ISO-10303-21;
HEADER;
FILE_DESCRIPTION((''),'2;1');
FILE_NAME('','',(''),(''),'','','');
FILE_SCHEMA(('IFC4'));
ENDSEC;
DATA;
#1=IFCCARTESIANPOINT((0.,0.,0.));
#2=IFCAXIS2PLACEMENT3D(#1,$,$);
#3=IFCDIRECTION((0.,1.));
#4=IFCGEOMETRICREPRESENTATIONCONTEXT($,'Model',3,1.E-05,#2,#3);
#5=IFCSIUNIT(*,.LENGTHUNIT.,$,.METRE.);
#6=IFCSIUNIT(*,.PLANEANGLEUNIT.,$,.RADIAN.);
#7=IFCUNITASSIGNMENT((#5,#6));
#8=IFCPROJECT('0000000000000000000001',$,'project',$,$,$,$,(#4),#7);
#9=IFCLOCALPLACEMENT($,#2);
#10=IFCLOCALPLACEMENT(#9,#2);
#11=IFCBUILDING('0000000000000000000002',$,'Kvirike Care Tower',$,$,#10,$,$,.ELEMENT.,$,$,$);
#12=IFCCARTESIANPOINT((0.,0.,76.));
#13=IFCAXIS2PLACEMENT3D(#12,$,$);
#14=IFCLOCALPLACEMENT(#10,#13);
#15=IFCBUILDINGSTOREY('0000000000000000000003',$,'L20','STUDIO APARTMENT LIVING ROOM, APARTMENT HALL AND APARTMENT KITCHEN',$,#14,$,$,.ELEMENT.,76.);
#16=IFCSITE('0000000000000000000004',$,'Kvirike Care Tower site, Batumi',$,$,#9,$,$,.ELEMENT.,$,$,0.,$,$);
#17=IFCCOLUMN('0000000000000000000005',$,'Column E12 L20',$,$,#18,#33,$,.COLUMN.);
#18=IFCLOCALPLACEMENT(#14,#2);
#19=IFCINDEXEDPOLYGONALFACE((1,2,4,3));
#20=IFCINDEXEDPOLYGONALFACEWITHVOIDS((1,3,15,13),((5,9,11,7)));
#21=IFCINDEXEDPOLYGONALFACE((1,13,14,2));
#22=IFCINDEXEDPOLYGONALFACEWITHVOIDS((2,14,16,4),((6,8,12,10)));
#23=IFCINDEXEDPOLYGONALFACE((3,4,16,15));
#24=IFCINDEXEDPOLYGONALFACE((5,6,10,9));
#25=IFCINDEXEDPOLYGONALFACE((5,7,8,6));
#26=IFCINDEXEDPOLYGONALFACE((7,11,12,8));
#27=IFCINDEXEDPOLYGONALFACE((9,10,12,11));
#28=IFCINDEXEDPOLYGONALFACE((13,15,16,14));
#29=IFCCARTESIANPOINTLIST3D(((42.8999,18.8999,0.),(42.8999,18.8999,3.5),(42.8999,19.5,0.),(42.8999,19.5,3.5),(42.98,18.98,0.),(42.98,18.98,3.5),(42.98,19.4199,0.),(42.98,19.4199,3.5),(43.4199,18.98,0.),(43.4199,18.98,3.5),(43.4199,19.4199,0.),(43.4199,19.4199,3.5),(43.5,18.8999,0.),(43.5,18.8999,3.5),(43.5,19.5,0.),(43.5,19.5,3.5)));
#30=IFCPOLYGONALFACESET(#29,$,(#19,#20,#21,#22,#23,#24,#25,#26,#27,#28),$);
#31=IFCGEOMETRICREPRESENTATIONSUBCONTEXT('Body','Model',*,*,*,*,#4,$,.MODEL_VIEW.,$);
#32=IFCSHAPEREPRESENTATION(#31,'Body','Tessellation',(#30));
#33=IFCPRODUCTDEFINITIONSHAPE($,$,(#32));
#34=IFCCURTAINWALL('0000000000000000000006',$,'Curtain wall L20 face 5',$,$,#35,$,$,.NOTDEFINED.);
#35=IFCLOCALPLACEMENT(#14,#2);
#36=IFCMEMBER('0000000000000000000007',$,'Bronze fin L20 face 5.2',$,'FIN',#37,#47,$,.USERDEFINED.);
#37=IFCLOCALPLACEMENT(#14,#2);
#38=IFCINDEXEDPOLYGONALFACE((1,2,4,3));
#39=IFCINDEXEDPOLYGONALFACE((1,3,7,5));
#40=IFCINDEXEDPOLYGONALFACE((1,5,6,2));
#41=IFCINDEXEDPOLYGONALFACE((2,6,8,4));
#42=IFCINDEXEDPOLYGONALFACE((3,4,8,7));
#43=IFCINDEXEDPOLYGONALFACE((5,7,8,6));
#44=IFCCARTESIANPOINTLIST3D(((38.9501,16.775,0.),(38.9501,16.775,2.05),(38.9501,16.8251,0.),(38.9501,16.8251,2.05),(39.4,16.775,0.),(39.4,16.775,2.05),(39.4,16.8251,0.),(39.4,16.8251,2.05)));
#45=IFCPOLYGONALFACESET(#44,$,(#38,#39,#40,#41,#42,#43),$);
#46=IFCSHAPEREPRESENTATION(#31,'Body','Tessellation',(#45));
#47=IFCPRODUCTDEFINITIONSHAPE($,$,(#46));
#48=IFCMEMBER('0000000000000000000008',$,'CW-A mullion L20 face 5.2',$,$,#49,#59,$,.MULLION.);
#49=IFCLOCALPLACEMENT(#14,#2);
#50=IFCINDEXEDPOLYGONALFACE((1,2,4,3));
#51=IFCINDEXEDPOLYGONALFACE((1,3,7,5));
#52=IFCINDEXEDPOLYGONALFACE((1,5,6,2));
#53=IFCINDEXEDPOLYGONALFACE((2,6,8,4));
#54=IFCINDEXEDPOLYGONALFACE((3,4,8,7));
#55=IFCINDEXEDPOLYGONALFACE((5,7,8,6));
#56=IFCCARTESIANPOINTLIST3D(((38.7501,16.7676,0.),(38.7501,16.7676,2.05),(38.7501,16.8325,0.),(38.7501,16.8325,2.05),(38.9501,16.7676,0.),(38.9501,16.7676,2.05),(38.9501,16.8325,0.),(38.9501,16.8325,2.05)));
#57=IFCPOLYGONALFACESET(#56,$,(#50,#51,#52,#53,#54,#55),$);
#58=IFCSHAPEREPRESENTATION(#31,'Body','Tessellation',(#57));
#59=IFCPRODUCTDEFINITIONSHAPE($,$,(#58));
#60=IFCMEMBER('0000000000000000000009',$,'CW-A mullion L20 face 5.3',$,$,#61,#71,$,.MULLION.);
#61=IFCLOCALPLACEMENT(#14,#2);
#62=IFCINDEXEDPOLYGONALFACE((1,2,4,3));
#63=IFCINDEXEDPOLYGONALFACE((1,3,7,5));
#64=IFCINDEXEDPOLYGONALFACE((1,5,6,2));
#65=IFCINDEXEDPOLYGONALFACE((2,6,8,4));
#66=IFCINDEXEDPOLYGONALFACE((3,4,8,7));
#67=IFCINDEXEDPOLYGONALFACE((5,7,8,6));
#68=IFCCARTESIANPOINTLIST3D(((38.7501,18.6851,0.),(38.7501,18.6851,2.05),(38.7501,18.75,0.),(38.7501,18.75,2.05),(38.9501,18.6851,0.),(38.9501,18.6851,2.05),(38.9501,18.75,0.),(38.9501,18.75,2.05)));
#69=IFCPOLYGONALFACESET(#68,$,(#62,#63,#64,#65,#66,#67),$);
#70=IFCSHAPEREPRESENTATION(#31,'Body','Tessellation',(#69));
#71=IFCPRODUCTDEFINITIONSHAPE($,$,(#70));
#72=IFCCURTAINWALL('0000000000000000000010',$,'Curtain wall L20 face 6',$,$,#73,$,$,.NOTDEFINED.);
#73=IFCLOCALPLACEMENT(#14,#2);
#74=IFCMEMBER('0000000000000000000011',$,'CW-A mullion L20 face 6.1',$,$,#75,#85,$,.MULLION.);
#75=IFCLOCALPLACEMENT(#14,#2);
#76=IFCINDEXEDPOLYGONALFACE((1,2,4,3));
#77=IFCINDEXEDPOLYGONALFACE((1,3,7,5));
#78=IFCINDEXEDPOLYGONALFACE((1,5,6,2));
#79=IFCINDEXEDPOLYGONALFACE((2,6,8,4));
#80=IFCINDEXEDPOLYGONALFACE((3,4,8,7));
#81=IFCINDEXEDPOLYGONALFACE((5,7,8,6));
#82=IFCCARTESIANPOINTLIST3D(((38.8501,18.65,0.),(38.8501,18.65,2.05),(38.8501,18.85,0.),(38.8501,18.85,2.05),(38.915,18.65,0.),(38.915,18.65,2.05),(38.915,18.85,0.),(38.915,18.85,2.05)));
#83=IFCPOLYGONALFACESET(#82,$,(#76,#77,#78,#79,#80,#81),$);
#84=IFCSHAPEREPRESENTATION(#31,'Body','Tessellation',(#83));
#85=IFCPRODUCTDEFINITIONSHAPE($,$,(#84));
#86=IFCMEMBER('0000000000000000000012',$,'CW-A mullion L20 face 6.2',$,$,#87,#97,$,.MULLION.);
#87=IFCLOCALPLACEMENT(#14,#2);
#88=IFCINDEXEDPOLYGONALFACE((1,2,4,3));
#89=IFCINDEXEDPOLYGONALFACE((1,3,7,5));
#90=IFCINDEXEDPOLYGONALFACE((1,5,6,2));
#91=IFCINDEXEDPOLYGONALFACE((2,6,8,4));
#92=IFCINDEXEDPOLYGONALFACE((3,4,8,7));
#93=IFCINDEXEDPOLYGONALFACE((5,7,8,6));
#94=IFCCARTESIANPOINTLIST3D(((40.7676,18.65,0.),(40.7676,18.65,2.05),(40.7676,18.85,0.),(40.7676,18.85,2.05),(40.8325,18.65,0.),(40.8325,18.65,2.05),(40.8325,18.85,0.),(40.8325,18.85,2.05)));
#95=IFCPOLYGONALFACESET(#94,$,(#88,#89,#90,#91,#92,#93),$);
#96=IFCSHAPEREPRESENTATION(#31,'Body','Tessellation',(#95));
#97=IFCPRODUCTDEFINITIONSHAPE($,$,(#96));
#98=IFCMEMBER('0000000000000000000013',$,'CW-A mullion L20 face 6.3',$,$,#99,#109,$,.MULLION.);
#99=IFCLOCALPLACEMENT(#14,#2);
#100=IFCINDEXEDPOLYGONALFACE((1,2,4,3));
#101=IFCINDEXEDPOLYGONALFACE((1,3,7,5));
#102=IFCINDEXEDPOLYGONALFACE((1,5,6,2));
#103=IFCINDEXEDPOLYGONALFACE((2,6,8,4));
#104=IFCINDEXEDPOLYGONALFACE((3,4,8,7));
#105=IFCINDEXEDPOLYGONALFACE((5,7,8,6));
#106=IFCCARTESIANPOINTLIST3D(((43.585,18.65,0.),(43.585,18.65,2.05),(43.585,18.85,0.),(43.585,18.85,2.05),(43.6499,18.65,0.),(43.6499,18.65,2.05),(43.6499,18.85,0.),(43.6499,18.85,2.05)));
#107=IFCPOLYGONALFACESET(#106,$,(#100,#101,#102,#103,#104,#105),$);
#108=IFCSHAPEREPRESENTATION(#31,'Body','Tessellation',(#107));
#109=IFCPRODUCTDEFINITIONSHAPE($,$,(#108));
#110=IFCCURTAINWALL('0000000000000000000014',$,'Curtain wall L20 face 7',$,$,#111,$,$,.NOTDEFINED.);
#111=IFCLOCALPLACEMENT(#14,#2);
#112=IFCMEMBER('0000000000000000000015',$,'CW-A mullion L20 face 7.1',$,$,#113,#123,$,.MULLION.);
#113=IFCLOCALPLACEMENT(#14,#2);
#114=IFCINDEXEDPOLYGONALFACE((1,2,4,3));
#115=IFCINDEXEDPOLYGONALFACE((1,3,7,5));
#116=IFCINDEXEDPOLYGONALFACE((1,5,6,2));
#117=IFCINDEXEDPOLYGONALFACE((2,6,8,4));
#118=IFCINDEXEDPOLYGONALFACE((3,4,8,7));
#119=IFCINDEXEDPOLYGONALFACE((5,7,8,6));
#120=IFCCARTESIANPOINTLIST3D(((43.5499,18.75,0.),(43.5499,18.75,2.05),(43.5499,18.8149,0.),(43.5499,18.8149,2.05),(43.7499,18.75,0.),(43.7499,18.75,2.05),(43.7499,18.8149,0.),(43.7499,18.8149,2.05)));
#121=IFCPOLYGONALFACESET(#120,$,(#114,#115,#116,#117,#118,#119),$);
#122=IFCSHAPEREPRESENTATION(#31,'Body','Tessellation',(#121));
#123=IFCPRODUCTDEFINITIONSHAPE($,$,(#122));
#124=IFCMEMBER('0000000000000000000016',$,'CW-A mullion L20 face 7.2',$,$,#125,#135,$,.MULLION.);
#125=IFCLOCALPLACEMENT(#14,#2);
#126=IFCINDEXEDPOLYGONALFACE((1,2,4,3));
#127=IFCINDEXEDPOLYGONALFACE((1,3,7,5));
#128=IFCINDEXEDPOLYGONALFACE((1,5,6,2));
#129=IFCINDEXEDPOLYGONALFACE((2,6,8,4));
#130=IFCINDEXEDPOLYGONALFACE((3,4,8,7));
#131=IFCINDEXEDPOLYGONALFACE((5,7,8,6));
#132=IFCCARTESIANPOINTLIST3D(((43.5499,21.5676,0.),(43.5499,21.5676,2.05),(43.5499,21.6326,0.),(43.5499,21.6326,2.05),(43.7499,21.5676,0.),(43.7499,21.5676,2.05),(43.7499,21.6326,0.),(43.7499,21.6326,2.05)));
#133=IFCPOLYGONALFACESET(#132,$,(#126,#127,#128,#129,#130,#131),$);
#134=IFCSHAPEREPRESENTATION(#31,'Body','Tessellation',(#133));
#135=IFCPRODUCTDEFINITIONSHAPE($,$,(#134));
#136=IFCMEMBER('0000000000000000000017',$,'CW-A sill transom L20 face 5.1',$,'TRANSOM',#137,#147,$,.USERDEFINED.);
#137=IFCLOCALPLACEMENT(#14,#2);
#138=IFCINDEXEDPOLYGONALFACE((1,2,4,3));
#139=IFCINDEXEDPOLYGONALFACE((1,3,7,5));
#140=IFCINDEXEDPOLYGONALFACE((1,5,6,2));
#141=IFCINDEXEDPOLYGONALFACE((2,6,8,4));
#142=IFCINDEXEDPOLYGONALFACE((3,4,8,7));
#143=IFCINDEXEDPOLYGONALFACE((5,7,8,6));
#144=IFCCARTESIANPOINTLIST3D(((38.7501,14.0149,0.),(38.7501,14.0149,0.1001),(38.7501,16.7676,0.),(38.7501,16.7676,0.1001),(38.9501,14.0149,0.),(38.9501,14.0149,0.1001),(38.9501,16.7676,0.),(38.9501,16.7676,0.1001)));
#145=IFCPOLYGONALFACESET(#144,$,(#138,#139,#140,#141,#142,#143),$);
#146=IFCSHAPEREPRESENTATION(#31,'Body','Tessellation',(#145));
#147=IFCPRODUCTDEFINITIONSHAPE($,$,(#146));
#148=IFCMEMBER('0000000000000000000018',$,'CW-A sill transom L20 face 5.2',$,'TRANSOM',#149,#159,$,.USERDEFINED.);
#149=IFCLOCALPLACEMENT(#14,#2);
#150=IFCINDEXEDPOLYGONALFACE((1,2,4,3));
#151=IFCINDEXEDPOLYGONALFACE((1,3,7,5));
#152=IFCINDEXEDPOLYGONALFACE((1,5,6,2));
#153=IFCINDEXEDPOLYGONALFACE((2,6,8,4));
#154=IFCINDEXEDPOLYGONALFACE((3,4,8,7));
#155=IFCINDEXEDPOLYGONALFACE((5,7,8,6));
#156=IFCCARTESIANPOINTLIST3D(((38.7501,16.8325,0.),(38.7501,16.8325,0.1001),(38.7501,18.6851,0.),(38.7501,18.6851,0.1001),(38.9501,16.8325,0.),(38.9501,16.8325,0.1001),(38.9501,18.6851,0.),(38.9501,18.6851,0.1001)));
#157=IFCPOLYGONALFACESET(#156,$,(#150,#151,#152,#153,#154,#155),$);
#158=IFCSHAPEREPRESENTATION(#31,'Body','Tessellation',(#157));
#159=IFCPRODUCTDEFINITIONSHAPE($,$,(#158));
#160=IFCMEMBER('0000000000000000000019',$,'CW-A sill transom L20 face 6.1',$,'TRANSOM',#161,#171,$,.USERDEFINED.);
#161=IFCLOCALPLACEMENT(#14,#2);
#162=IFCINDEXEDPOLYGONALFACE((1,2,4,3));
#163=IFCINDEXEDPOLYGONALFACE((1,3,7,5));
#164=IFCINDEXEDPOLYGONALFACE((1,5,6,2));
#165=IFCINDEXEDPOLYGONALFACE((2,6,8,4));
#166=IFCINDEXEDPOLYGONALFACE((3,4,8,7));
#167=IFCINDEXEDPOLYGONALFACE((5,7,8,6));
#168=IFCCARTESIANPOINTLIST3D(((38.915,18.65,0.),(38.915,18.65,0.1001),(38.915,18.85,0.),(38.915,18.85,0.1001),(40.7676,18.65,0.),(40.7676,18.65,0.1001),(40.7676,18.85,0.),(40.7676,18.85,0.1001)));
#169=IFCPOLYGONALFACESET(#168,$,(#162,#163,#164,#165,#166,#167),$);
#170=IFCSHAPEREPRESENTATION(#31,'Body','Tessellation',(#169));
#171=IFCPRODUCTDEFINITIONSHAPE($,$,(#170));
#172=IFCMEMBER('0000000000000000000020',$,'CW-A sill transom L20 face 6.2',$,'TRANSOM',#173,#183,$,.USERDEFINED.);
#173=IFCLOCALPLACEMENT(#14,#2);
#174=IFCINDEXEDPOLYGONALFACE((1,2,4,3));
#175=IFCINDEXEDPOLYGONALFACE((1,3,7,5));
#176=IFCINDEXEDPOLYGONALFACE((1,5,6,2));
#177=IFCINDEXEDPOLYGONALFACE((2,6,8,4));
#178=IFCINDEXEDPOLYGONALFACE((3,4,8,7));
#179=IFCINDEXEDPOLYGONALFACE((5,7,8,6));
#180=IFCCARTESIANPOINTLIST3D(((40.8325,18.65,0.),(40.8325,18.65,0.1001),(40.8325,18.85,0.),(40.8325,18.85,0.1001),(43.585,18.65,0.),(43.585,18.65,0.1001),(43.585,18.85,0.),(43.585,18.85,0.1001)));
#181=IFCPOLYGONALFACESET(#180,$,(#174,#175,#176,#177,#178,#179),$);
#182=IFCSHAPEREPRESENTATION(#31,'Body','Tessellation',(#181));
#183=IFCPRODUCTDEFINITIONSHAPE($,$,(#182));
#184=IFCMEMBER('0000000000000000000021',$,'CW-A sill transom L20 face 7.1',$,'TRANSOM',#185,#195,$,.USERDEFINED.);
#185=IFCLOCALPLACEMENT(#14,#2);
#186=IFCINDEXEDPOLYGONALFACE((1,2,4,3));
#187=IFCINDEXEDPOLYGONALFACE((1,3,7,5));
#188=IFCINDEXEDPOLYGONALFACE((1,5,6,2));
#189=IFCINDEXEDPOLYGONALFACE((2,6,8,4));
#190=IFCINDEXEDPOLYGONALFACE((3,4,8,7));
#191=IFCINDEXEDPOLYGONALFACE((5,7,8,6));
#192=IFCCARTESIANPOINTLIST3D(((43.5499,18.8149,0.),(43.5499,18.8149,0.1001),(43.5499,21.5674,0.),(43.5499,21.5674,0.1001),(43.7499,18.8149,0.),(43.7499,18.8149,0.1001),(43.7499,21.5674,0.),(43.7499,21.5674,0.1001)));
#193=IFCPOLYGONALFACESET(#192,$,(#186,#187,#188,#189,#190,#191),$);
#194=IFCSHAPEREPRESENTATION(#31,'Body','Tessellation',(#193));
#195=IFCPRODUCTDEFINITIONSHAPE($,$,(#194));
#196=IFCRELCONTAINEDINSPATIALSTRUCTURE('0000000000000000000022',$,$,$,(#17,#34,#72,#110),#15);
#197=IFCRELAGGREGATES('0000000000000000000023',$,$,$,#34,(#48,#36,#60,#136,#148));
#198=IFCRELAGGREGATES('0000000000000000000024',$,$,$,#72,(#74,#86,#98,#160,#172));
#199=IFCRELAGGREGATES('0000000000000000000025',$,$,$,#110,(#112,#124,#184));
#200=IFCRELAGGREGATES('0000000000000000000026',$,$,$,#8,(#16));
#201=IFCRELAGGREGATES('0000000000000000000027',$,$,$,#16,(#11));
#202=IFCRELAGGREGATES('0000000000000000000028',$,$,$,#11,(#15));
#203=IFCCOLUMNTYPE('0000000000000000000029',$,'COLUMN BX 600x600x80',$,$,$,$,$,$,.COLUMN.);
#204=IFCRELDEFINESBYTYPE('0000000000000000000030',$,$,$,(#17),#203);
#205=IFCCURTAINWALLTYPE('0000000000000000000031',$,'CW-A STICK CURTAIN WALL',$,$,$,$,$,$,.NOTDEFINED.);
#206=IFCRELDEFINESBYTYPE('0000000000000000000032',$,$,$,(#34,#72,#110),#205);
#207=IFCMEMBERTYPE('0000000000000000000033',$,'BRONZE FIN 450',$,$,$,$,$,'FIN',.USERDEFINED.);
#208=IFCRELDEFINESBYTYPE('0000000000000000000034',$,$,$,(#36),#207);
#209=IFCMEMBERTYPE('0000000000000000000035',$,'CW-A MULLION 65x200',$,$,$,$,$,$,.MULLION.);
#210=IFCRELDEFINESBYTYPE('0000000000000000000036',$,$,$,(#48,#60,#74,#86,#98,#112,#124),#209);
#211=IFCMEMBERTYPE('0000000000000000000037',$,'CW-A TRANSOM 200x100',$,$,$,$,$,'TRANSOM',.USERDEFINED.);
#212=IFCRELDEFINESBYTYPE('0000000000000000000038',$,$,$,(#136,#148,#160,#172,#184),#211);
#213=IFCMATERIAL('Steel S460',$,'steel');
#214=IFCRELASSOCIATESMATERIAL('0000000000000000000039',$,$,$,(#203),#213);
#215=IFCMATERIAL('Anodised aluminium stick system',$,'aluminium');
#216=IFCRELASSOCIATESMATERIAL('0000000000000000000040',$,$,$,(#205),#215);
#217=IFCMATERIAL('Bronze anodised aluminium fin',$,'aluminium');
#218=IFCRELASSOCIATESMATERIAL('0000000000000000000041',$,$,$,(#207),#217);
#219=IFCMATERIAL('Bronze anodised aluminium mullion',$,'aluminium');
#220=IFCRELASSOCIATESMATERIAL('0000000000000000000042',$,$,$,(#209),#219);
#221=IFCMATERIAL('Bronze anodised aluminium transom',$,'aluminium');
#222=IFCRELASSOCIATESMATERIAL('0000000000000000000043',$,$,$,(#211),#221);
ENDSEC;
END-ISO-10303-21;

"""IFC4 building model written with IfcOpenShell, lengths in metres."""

from ifc_helpers import new_model, si_unit, direction, frame, origin, origin_2d, place, context, subcontext, project, spatial, rectangle, hollow_rectangle, extrude, material, material_profile, profile_set, type_object, element, aggregate, save


model = new_model("IFC4")

# Units and contexts
model_context = context("Model", 3, precision=1e-05, world=origin(), true_north=direction((0.0, 1.0)))
body_context = subcontext(model_context, "Body", "Model", "MODEL_VIEW")
ifc_project = project(units=[si_unit("LENGTHUNIT", "METRE"), si_unit("PLANEANGLEUNIT", "RADIAN")], contexts=[model_context])

# Site, building, storey
site_placement = place(None, origin())
site = spatial("IfcSite", under=ifc_project, at=site_placement, Name="Kvirike Care Tower site, Batumi", CompositionType="ELEMENT", RefElevation=0.0)
building_placement = place(site_placement, origin())
building = spatial("IfcBuilding", under=site, at=building_placement, Name="Kvirike Care Tower", CompositionType="ELEMENT")
storey_placement = place(building_placement, frame((0.0, 0.0, 76.0)))
storey = spatial("IfcBuildingStorey", under=building, at=storey_placement, Name="L20", Description="STUDIO APARTMENT LIVING ROOM, APARTMENT HALL AND APARTMENT KITCHEN", CompositionType="ELEMENT", Elevation=76.0)

# Column
ifc_material_1 = material(Name="Steel S460", Category="steel")
ifc_material_profile_1 = material_profile(ifc_material_1, hollow_rectangle(XDim=0.6001, YDim=0.6001, WallThickness=0.0801, at=origin_2d()), Name="BX 600x600x80")
ifc_profile_set_1 = profile_set([ifc_material_profile_1], Name="Steel S460")
column_type = type_object("IfcColumnType", Name="COLUMN BX 600x600x80", PredefinedType="COLUMN", material=ifc_profile_set_1)
column_placement = place(storey_placement, frame((43.2, 19.2, 0.0), z_axis=(0.0, 0.0, 1.0), x_axis=(0.0, 1.0, 0.0)))
element("IfcColumn", 1, at=column_placement, inside=storey, type_object=column_type, Name="Column E12 L20", PredefinedType="COLUMN", context=body_context, shape_type="SweptSolid", body=[
    extrude(hollow_rectangle(XDim=0.6001, YDim=0.6001, WallThickness=0.0801, at=origin_2d()), origin(), (0.0, 0.0, 1.0), 3.5),
])

# Curtain walls, members
ifc_material_2 = material(Name="Anodised aluminium stick system", Category="aluminium")
curtain_wall_type = type_object("IfcCurtainWallType", Name="CW-A STICK CURTAIN WALL", PredefinedType="NOTDEFINED", material=ifc_material_2)
curtain_wall_1_placement = place(storey_placement, origin())
curtain_wall_1 = element("IfcCurtainWall", 2, at=curtain_wall_1_placement, inside=storey, type_object=curtain_wall_type, Name="Curtain wall L20 face 5", PredefinedType="NOTDEFINED")
ifc_material_3 = material(Name="Bronze anodised aluminium fin", Category="aluminium")
ifc_material_profile_2 = material_profile(ifc_material_3, rectangle(XDim=0.05, YDim=0.45, at=origin_2d()), Name="BRONZE FIN 450")
ifc_profile_set_2 = profile_set([ifc_material_profile_2], Name="Bronze anodised aluminium fin")
member_type_1 = type_object("IfcMemberType", Name="BRONZE FIN 450", ElementType="FIN", PredefinedType="USERDEFINED", material=ifc_profile_set_2)
member_1_placement = place(storey_placement, frame((39.175, 16.8, 0.0), z_axis=(0.0, 0.0, 1.0), x_axis=(0.0, 1.0, 0.0)))
member_1 = element("IfcMember", 3, at=member_1_placement, type_object=member_type_1, Name="Bronze fin L20 face 5.2", ObjectType="FIN", PredefinedType="USERDEFINED", context=body_context, shape_type="SweptSolid", body=[
    extrude(rectangle(XDim=0.05, YDim=0.45, at=origin_2d()), origin(), (0.0, 0.0, 1.0), 2.05),
])
ifc_material_4 = material(Name="Bronze anodised aluminium mullion", Category="aluminium")
ifc_material_profile_3 = material_profile(ifc_material_4, rectangle(XDim=0.0649, YDim=0.2, at=origin_2d()), Name="CW-A MULLION 65x200")
ifc_profile_set_3 = profile_set([ifc_material_profile_3], Name="Bronze anodised aluminium mullion")
member_type_2 = type_object("IfcMemberType", Name="CW-A MULLION 65x200", PredefinedType="MULLION", material=ifc_profile_set_3)
member_2_placement = place(storey_placement, frame((38.8501, 16.8, 0.0), z_axis=(0.0, 0.0, 1.0), x_axis=(0.0, 1.0, 0.0)))
member_2 = element("IfcMember", 4, at=member_2_placement, type_object=member_type_2, Name="CW-A mullion L20 face 5.2", PredefinedType="MULLION", context=body_context, shape_type="SweptSolid", body=[
    extrude(rectangle(XDim=0.0649, YDim=0.2, at=origin_2d()), origin(), (0.0, 0.0, 1.0), 2.05),
])
member_3_placement = place(storey_placement, frame((38.8501, 18.7175, 0.0), z_axis=(0.0, 0.0, 1.0), x_axis=(0.0, 1.0, 0.0)))
member_3 = element("IfcMember", 5, at=member_3_placement, type_object=member_type_2, Name="CW-A mullion L20 face 5.3", PredefinedType="MULLION", context=body_context, shape_type="SweptSolid", body=[
    extrude(rectangle(XDim=0.0649, YDim=0.2, at=origin_2d()), origin(), (0.0, 0.0, 1.0), 2.05),
])
curtain_wall_2_placement = place(storey_placement, origin())
curtain_wall_2 = element("IfcCurtainWall", 6, at=curtain_wall_2_placement, inside=storey, type_object=curtain_wall_type, Name="Curtain wall L20 face 6", PredefinedType="NOTDEFINED")
member_4_placement = place(storey_placement, frame((38.8826, 18.75, 0.0), z_axis=(0.0, 0.0, 1.0), x_axis=(1.0, 0.0, 0.0)))
member_4 = element("IfcMember", 7, at=member_4_placement, type_object=member_type_2, Name="CW-A mullion L20 face 6.1", PredefinedType="MULLION", context=body_context, shape_type="SweptSolid", body=[
    extrude(rectangle(XDim=0.0649, YDim=0.2, at=origin_2d()), origin(), (0.0, 0.0, 1.0), 2.05),
])
member_5_placement = place(storey_placement, frame((40.8, 18.75, 0.0), z_axis=(0.0, 0.0, 1.0), x_axis=(1.0, 0.0, 0.0)))
member_5 = element("IfcMember", 8, at=member_5_placement, type_object=member_type_2, Name="CW-A mullion L20 face 6.2", PredefinedType="MULLION", context=body_context, shape_type="SweptSolid", body=[
    extrude(rectangle(XDim=0.0649, YDim=0.2, at=origin_2d()), origin(), (0.0, 0.0, 1.0), 2.05),
])
member_6_placement = place(storey_placement, frame((43.6174, 18.75, 0.0), z_axis=(0.0, 0.0, 1.0), x_axis=(1.0, 0.0, 0.0)))
member_6 = element("IfcMember", 9, at=member_6_placement, type_object=member_type_2, Name="CW-A mullion L20 face 6.3", PredefinedType="MULLION", context=body_context, shape_type="SweptSolid", body=[
    extrude(rectangle(XDim=0.0649, YDim=0.2, at=origin_2d()), origin(), (0.0, 0.0, 1.0), 2.05),
])
curtain_wall_3_placement = place(storey_placement, origin())
curtain_wall_3 = element("IfcCurtainWall", 10, at=curtain_wall_3_placement, inside=storey, type_object=curtain_wall_type, Name="Curtain wall L20 face 7", PredefinedType="NOTDEFINED")
member_7_placement = place(storey_placement, frame((43.6499, 18.7825, 0.0), z_axis=(0.0, 0.0, 1.0), x_axis=(0.0, 1.0, 0.0)))
member_7 = element("IfcMember", 11, at=member_7_placement, type_object=member_type_2, Name="CW-A mullion L20 face 7.1", PredefinedType="MULLION", context=body_context, shape_type="SweptSolid", body=[
    extrude(rectangle(XDim=0.0649, YDim=0.2, at=origin_2d()), origin(), (0.0, 0.0, 1.0), 2.05),
])
member_8_placement = place(storey_placement, frame((43.6499, 21.6001, 0.0), z_axis=(0.0, 0.0, 1.0), x_axis=(0.0, 1.0, 0.0)))
member_8 = element("IfcMember", 12, at=member_8_placement, type_object=member_type_2, Name="CW-A mullion L20 face 7.2", PredefinedType="MULLION", context=body_context, shape_type="SweptSolid", body=[
    extrude(rectangle(XDim=0.0649, YDim=0.2, at=origin_2d()), origin(), (0.0, 0.0, 1.0), 2.05),
])

# Members
ifc_material_5 = material(Name="Bronze anodised aluminium transom", Category="aluminium")
ifc_material_profile_4 = material_profile(ifc_material_5, rectangle(XDim=0.2, YDim=0.1001, at=origin_2d()), Name="CW-A TRANSOM 200x100")
ifc_profile_set_4 = profile_set([ifc_material_profile_4], Name="Bronze anodised aluminium transom")
member_type_3 = type_object("IfcMemberType", Name="CW-A TRANSOM 200x100", ElementType="TRANSOM", PredefinedType="USERDEFINED", material=ifc_profile_set_4)
member_9_placement = place(storey_placement, frame((38.8501, 14.0149, 0.05), z_axis=(0.0, 1.0, 0.0), x_axis=(-1.0, 0.0, 0.0)))
member_9 = element("IfcMember", 13, at=member_9_placement, type_object=member_type_3, Name="CW-A sill transom L20 face 5.1", ObjectType="TRANSOM", PredefinedType="USERDEFINED", context=body_context, shape_type="SweptSolid", body=[
    extrude(rectangle(XDim=0.2, YDim=0.1001, at=origin_2d()), origin(), (0.0, 0.0, 1.0), 2.7527),
])
member_10_placement = place(storey_placement, frame((38.8501, 16.8325, 0.05), z_axis=(0.0, 1.0, 0.0), x_axis=(-1.0, 0.0, 0.0)))
member_10 = element("IfcMember", 14, at=member_10_placement, type_object=member_type_3, Name="CW-A sill transom L20 face 5.2", ObjectType="TRANSOM", PredefinedType="USERDEFINED", context=body_context, shape_type="SweptSolid", body=[
    extrude(rectangle(XDim=0.2, YDim=0.1001, at=origin_2d()), origin(), (0.0, 0.0, 1.0), 1.8525),
])
member_11_placement = place(storey_placement, frame((38.915, 18.75, 0.05), z_axis=(1.0, 0.0, 0.0), x_axis=(0.0, 1.0, 0.0)))
member_11 = element("IfcMember", 15, at=member_11_placement, type_object=member_type_3, Name="CW-A sill transom L20 face 6.1", ObjectType="TRANSOM", PredefinedType="USERDEFINED", context=body_context, shape_type="SweptSolid", body=[
    extrude(rectangle(XDim=0.2, YDim=0.1001, at=origin_2d()), origin(), (0.0, 0.0, 1.0), 1.8525),
])
member_12_placement = place(storey_placement, frame((40.8325, 18.75, 0.05), z_axis=(1.0, 0.0, 0.0), x_axis=(0.0, 1.0, 0.0)))
member_12 = element("IfcMember", 16, at=member_12_placement, type_object=member_type_3, Name="CW-A sill transom L20 face 6.2", ObjectType="TRANSOM", PredefinedType="USERDEFINED", context=body_context, shape_type="SweptSolid", body=[
    extrude(rectangle(XDim=0.2, YDim=0.1001, at=origin_2d()), origin(), (0.0, 0.0, 1.0), 2.7524),
])
member_13_placement = place(storey_placement, frame((43.6499, 18.8149, 0.05), z_axis=(0.0, 1.0, 0.0), x_axis=(-1.0, 0.0, 0.0)))
member_13 = element("IfcMember", 17, at=member_13_placement, type_object=member_type_3, Name="CW-A sill transom L20 face 7.1", ObjectType="TRANSOM", PredefinedType="USERDEFINED", context=body_context, shape_type="SweptSolid", body=[
    extrude(rectangle(XDim=0.2, YDim=0.1001, at=origin_2d()), origin(), (0.0, 0.0, 1.0), 2.7524),
])

aggregate(curtain_wall_1, [member_2, member_1, member_3, member_9, member_10])
aggregate(curtain_wall_2, [member_4, member_5, member_6, member_11, member_12])
aggregate(curtain_wall_3, [member_7, member_8, member_13])

save(model, "model.ifc")
